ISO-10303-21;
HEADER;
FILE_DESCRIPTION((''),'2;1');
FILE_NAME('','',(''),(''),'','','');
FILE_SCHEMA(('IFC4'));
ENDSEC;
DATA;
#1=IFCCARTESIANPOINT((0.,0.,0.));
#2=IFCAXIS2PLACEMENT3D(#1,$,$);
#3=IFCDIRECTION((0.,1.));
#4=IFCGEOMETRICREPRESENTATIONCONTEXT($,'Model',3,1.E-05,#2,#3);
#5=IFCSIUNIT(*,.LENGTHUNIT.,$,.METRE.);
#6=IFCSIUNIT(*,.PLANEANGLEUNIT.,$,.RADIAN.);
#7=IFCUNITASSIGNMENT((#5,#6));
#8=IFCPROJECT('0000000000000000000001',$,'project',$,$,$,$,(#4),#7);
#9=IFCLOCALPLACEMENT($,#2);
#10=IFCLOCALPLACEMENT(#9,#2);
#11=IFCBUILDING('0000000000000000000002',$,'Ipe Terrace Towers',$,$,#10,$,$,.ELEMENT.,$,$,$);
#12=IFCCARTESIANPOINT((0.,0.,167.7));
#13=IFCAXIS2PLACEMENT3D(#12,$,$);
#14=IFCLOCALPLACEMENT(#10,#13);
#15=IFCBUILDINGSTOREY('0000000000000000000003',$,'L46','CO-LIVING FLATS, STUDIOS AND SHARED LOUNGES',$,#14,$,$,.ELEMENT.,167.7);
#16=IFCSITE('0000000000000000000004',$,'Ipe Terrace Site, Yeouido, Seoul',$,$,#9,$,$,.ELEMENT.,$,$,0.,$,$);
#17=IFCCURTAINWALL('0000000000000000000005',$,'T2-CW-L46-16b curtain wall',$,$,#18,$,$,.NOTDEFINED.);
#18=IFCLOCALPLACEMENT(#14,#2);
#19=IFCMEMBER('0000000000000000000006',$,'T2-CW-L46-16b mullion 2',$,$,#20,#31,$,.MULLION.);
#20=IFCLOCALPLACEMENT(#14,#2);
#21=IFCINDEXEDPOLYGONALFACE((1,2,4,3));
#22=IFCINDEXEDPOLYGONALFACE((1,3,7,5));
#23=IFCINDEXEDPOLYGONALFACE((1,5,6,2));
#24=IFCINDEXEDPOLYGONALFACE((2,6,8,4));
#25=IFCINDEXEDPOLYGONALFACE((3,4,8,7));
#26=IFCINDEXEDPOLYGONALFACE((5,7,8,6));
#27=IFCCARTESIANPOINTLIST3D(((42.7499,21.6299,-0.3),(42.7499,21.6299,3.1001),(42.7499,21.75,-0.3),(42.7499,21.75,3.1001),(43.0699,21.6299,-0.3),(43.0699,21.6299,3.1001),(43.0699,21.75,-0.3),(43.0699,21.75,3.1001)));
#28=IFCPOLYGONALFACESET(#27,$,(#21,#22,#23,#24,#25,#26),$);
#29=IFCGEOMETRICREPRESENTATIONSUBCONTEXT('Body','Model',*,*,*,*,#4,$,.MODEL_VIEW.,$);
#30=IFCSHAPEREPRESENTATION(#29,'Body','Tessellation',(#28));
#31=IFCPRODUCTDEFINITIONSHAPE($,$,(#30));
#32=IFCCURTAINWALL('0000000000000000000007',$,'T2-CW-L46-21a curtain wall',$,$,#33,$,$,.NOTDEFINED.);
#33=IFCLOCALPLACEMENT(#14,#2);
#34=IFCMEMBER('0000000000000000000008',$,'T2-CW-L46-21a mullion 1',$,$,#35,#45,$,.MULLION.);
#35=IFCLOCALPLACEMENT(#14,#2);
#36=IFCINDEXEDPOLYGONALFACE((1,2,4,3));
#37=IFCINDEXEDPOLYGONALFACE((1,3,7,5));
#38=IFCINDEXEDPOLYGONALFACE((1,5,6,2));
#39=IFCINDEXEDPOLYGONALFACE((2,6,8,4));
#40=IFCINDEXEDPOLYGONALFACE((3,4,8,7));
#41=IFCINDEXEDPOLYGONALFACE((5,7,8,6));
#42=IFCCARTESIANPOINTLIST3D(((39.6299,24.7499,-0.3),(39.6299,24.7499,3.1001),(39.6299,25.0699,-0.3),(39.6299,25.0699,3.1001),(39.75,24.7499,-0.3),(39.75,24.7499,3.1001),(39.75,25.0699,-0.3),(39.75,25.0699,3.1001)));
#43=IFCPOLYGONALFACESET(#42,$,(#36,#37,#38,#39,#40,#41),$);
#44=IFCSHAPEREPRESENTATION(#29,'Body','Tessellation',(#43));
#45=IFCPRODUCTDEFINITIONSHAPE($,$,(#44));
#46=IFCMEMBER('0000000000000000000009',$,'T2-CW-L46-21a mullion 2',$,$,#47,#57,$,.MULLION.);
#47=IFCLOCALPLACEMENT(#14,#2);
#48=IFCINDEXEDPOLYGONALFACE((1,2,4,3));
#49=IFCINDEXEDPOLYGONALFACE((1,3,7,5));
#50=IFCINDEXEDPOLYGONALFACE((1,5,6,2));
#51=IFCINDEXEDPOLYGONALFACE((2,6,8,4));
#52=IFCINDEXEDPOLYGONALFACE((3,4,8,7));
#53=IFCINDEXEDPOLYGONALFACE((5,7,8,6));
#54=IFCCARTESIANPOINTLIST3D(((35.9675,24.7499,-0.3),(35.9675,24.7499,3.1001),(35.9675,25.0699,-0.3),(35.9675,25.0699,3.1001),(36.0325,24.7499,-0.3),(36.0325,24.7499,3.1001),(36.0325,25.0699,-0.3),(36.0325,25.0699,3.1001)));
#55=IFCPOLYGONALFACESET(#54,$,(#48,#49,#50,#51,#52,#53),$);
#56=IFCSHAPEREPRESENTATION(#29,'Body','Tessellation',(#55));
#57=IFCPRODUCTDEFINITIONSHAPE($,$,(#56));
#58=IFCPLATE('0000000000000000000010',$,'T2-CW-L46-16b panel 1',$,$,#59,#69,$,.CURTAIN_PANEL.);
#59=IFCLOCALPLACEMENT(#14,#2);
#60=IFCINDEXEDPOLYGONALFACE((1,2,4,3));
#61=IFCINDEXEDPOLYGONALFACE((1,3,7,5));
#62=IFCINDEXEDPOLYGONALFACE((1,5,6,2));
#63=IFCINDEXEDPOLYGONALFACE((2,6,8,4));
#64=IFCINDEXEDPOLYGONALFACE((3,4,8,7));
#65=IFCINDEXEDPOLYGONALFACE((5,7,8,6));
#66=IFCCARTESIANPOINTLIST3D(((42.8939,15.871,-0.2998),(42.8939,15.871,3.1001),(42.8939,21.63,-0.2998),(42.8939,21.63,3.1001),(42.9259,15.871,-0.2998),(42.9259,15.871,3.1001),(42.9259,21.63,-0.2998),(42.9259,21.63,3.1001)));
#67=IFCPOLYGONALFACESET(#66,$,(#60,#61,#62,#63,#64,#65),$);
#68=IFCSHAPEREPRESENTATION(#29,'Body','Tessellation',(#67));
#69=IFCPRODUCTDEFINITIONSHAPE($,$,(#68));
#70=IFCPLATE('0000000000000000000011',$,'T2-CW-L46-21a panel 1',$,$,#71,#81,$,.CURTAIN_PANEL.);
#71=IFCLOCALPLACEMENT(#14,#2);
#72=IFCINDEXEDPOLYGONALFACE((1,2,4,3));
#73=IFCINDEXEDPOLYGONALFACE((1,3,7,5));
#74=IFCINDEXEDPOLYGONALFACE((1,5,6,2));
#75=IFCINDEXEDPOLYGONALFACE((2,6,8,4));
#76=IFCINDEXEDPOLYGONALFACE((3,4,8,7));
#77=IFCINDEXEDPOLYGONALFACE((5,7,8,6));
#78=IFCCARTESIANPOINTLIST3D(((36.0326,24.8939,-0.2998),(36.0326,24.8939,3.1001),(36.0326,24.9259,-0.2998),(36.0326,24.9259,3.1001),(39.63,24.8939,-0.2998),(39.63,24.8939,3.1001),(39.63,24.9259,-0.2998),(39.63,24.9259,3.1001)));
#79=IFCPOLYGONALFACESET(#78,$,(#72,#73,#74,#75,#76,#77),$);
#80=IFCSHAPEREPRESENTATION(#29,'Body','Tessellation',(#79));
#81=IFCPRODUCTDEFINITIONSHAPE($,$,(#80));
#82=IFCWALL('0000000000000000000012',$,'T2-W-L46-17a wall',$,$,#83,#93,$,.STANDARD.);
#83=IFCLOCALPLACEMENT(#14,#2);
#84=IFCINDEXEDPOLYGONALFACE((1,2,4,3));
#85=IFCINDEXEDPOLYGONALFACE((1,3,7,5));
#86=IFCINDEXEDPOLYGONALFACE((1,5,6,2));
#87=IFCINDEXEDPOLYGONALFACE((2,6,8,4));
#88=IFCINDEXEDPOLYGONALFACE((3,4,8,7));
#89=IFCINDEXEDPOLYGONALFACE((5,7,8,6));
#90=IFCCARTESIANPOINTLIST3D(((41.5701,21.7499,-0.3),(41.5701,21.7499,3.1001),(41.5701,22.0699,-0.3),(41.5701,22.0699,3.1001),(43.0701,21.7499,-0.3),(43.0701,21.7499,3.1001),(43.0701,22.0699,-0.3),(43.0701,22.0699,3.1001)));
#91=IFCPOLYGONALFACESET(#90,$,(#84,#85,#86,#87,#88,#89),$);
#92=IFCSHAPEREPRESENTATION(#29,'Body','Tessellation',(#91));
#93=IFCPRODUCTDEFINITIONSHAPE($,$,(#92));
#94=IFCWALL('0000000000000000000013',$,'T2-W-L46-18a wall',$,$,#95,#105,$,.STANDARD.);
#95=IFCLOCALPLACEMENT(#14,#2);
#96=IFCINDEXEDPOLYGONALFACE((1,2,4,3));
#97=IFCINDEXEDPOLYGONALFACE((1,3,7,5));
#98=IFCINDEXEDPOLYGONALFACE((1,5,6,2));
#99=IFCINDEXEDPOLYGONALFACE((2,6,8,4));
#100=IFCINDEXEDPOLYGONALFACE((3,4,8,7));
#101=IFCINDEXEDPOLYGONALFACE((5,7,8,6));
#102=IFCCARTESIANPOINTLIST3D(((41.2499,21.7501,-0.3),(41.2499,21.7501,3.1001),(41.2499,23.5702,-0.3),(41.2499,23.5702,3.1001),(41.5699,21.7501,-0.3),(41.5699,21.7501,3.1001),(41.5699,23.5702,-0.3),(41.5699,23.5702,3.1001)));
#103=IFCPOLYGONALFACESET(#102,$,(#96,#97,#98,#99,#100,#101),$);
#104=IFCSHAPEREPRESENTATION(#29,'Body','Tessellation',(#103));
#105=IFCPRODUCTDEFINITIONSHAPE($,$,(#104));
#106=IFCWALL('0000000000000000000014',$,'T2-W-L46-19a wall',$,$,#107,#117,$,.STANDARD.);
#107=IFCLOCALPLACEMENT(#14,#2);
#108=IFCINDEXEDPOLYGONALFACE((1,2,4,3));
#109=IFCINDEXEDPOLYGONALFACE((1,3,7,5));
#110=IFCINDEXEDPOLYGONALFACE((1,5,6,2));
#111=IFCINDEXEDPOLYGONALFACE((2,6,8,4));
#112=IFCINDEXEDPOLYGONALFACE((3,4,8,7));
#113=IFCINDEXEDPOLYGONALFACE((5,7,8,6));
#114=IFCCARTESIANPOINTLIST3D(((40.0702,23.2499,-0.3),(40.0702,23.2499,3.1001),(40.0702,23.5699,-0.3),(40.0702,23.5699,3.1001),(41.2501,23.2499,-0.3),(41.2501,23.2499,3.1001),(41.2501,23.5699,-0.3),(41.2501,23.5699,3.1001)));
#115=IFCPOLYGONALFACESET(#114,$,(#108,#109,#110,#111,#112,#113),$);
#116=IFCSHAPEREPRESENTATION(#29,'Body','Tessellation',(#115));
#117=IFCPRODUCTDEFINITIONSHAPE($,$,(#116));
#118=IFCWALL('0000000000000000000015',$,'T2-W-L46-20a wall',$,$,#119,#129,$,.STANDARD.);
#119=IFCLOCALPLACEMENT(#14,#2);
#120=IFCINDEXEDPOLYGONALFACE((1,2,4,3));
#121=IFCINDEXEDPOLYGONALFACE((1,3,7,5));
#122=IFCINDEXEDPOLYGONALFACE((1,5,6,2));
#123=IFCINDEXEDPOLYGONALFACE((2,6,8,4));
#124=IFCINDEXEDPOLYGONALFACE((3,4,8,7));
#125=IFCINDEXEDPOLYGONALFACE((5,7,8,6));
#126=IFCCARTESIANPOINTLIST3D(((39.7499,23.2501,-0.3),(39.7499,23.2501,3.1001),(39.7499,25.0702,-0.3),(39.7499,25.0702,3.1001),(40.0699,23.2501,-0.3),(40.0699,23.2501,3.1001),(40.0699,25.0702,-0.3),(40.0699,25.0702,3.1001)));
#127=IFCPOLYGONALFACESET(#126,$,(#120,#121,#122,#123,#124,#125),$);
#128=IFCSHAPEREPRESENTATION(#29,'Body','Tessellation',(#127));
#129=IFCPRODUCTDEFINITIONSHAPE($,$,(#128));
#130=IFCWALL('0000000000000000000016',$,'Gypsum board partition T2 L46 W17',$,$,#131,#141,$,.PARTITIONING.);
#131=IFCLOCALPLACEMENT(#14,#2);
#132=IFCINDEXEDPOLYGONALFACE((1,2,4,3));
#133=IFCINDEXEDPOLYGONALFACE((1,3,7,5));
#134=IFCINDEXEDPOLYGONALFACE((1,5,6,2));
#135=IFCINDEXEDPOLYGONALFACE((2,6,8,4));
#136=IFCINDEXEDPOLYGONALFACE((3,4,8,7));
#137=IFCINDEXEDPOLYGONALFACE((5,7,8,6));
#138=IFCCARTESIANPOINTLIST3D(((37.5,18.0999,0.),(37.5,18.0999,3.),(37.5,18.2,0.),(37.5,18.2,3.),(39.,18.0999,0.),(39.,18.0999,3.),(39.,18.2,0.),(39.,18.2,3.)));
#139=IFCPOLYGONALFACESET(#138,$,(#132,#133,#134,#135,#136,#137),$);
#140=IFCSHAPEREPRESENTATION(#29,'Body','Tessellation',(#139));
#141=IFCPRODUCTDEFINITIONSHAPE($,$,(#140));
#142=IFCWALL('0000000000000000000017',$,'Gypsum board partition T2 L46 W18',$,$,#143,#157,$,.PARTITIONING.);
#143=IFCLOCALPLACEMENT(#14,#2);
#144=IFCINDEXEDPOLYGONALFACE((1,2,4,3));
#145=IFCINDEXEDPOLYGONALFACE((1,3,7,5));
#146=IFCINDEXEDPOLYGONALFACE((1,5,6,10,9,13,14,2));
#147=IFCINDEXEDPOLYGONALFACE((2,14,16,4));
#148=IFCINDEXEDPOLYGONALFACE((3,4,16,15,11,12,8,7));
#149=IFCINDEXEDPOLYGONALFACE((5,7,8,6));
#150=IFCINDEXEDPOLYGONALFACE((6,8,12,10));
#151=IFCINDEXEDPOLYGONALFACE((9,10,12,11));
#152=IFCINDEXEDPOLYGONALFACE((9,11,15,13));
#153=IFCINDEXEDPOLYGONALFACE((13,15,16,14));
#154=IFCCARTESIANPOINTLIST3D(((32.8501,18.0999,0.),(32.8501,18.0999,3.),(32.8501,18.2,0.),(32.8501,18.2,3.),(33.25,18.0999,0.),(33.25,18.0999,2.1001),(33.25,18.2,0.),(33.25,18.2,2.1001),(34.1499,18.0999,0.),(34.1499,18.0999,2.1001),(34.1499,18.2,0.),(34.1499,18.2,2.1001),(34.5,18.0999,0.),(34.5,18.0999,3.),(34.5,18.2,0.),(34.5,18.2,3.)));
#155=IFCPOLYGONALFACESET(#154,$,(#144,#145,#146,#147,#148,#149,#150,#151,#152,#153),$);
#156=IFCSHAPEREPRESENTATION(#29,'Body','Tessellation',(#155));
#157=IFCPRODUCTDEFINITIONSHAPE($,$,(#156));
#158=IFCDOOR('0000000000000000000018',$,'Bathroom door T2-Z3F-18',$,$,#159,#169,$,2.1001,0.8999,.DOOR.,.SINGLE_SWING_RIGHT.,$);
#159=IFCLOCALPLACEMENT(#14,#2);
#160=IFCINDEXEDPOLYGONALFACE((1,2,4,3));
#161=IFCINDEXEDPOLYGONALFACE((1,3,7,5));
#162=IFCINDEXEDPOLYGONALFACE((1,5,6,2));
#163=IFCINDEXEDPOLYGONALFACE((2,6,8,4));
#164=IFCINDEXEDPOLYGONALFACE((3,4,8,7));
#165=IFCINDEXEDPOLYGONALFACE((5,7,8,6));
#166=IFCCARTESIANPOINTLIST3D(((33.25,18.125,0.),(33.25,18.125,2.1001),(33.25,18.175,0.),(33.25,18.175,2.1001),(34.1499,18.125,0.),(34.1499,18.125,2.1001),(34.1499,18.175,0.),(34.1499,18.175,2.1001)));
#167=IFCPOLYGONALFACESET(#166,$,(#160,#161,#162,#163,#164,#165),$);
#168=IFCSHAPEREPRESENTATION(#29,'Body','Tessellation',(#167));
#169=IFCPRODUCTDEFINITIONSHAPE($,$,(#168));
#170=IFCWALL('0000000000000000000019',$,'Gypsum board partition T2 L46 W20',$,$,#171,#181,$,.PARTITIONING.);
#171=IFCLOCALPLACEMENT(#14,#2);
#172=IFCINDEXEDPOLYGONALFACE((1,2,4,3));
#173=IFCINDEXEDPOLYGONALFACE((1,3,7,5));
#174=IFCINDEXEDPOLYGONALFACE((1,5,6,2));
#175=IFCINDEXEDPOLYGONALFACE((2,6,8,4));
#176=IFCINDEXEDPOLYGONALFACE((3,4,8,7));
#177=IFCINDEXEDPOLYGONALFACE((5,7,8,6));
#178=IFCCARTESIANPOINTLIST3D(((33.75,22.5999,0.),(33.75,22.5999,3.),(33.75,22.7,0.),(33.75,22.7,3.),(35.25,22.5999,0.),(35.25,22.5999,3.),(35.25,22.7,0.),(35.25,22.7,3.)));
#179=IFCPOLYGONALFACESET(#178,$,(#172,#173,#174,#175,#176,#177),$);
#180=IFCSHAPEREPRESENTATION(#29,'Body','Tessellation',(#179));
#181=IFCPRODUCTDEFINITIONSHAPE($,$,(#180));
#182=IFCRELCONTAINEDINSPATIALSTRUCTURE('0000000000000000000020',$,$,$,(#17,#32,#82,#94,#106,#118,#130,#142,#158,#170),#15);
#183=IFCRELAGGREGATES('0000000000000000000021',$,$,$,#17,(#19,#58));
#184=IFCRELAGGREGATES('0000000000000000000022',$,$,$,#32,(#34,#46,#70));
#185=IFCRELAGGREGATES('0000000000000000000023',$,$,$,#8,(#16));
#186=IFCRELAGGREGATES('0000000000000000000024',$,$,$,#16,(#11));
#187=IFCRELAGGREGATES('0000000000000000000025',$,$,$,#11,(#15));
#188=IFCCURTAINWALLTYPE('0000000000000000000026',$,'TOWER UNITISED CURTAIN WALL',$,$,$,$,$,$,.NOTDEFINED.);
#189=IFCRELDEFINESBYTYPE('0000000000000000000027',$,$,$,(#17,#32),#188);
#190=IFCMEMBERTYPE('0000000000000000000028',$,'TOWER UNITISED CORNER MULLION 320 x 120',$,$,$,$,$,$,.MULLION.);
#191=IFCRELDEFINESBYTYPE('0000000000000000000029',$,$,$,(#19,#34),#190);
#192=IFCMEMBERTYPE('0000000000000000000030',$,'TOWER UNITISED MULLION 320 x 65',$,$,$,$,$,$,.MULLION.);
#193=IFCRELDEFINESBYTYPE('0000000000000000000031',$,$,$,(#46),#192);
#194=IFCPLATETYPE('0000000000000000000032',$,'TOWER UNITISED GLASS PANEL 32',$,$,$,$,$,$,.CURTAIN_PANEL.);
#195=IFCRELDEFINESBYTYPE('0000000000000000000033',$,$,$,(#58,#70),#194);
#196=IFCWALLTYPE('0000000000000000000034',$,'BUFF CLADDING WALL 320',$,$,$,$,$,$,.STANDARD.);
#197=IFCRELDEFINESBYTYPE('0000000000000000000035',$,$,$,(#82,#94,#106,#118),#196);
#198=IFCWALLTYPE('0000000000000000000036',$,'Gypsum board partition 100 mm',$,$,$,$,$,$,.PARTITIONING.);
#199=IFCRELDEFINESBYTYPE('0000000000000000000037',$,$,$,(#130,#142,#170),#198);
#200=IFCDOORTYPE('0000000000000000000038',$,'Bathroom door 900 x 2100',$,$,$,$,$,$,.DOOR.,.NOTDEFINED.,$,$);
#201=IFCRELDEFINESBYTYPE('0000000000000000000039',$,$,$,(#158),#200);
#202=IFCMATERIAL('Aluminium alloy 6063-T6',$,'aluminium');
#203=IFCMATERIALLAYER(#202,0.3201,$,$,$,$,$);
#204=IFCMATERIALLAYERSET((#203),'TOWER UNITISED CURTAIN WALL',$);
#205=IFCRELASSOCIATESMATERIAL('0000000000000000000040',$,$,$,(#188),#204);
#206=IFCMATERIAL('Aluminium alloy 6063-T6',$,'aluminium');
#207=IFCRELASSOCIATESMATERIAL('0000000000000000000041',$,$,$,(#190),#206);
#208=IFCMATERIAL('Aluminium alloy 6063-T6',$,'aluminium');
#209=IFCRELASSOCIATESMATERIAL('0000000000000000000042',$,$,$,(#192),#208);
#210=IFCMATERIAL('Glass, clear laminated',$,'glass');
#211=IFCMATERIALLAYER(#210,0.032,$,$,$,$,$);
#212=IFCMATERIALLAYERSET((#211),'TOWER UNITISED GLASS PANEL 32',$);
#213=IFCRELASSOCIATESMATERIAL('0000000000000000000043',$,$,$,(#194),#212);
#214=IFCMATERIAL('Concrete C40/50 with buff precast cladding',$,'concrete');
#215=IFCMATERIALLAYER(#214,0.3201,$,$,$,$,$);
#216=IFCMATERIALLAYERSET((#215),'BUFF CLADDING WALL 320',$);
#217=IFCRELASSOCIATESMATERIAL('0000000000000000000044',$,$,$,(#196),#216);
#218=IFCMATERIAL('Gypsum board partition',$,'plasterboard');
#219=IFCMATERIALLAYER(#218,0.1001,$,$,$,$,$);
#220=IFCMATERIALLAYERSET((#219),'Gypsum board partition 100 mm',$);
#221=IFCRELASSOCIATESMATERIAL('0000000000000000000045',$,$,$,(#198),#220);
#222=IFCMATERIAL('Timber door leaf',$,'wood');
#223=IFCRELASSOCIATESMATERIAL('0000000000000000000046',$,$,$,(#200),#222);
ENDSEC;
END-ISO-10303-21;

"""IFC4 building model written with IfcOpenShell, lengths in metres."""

from ifc_helpers import new_model, si_unit, direction, frame, frame_2d, origin, origin_2d, place, context, subcontext, project, spatial, rectangle, extrude, material, layer, layer_set, material_profile, profile_set, type_object, element, fill, aggregate, save


model = new_model("IFC4")

# Units and contexts
model_context = context("Model", 3, precision=1e-05, world=origin(), true_north=direction((0.0, 1.0)))
body_context = subcontext(model_context, "Body", "Model", "MODEL_VIEW")
ifc_project = project(units=[si_unit("LENGTHUNIT", "METRE"), si_unit("PLANEANGLEUNIT", "RADIAN")], contexts=[model_context])

# Site, building, storey
site_placement = place(None, origin())
site = spatial("IfcSite", under=ifc_project, at=site_placement, Name="Ipe Terrace Site, Yeouido, Seoul", CompositionType="ELEMENT", RefElevation=0.0)
building_placement = place(site_placement, origin())
building = spatial("IfcBuilding", under=site, at=building_placement, Name="Ipe Terrace Towers", CompositionType="ELEMENT")
storey_placement = place(building_placement, frame((0.0, 0.0, 167.7)))
storey = spatial("IfcBuildingStorey", under=building, at=storey_placement, Name="L46", Description="CO-LIVING FLATS, STUDIOS AND SHARED LOUNGES", CompositionType="ELEMENT", Elevation=167.7)

# Curtain walls, members
ifc_material_1 = material(Name="Aluminium alloy 6063-T6", Category="aluminium")
ifc_layer_1 = layer(ifc_material_1, 0.3201)
ifc_layer_set_1 = layer_set([ifc_layer_1], Name="TOWER UNITISED CURTAIN WALL")
curtain_wall_type = type_object("IfcCurtainWallType", Name="TOWER UNITISED CURTAIN WALL", PredefinedType="NOTDEFINED", material=ifc_layer_set_1)
curtain_wall_1_placement = place(storey_placement, origin())
curtain_wall_1 = element("IfcCurtainWall", 1, at=curtain_wall_1_placement, inside=storey, type_object=curtain_wall_type, Name="T2-CW-L46-16b curtain wall", PredefinedType="NOTDEFINED")
ifc_material_2 = material(Name="Aluminium alloy 6063-T6", Category="aluminium")
ifc_material_profile_1 = material_profile(ifc_material_2, rectangle(XDim=0.3201, YDim=0.1201, at=origin_2d()), Name="TOWER UNITISED CORNER MULLION 320 x 120")
ifc_profile_set_1 = profile_set([ifc_material_profile_1], Name="Aluminium alloy 6063-T6")
member_type_1 = type_object("IfcMemberType", Name="TOWER UNITISED CORNER MULLION 320 x 120", PredefinedType="MULLION", material=ifc_profile_set_1)
member_1_placement = place(storey_placement, frame((42.9099, 21.6899, -0.3), z_axis=(0.0, 0.0, 1.0), x_axis=(1.0, 0.0, 0.0)))
member_1 = element("IfcMember", 2, at=member_1_placement, type_object=member_type_1, Name="T2-CW-L46-16b mullion 2", PredefinedType="MULLION", context=body_context, shape_type="SweptSolid", body=[
    extrude(rectangle(XDim=0.3201, YDim=0.1201, at=origin_2d()), origin(), (0.0, 0.0, 1.0), 3.4001),
])
curtain_wall_2_placement = place(storey_placement, origin())
curtain_wall_2 = element("IfcCurtainWall", 3, at=curtain_wall_2_placement, inside=storey, type_object=curtain_wall_type, Name="T2-CW-L46-21a curtain wall", PredefinedType="NOTDEFINED")
member_2_placement = place(storey_placement, frame((39.6899, 24.9099, -0.3), z_axis=(0.0, 0.0, 1.0), x_axis=(0.0, 1.0, 0.0)))
member_2 = element("IfcMember", 4, at=member_2_placement, type_object=member_type_1, Name="T2-CW-L46-21a mullion 1", PredefinedType="MULLION", context=body_context, shape_type="SweptSolid", body=[
    extrude(rectangle(XDim=0.3201, YDim=0.1201, at=origin_2d()), origin(), (0.0, 0.0, 1.0), 3.4001),
])
ifc_material_3 = material(Name="Aluminium alloy 6063-T6", Category="aluminium")
ifc_material_profile_2 = material_profile(ifc_material_3, rectangle(XDim=0.3201, YDim=0.0649, at=origin_2d()), Name="TOWER UNITISED MULLION 320 x 65")
ifc_profile_set_2 = profile_set([ifc_material_profile_2], Name="Aluminium alloy 6063-T6")
member_type_2 = type_object("IfcMemberType", Name="TOWER UNITISED MULLION 320 x 65", PredefinedType="MULLION", material=ifc_profile_set_2)
member_3_placement = place(storey_placement, frame((36.0, 24.9099, -0.3), z_axis=(0.0, 0.0, 1.0), x_axis=(0.0, 1.0, 0.0)))
member_3 = element("IfcMember", 5, at=member_3_placement, type_object=member_type_2, Name="T2-CW-L46-21a mullion 2", PredefinedType="MULLION", context=body_context, shape_type="SweptSolid", body=[
    extrude(rectangle(XDim=0.3201, YDim=0.0649, at=origin_2d()), origin(), (0.0, 0.0, 1.0), 3.4001),
])

# Plates
ifc_material_4 = material(Name="Glass, clear laminated", Category="glass")
ifc_layer_2 = layer(ifc_material_4, 0.032)
ifc_layer_set_2 = layer_set([ifc_layer_2], Name="TOWER UNITISED GLASS PANEL 32")
plate_type = type_object("IfcPlateType", Name="TOWER UNITISED GLASS PANEL 32", PredefinedType="CURTAIN_PANEL", material=ifc_layer_set_2)
plate_1_placement = place(storey_placement, frame((42.9099, 18.7505, -0.2998), z_axis=(0.0, 0.0, 1.0), x_axis=(0.0, 1.0, 0.0)))
plate_1 = element("IfcPlate", 6, at=plate_1_placement, type_object=plate_type, Name="T2-CW-L46-16b panel 1", PredefinedType="CURTAIN_PANEL", context=body_context, shape_type="SweptSolid", body=[
    extrude(rectangle(XDim=5.759, YDim=0.032, at=origin_2d()), origin(), (0.0, 0.0, 1.0), 3.3999),
])
aggregate(curtain_wall_1, [member_1, plate_1])
plate_2_placement = place(storey_placement, frame((37.8313, 24.9099, -0.2998), z_axis=(0.0, 0.0, 1.0), x_axis=(-1.0, 0.0, 0.0)))
plate_2 = element("IfcPlate", 7, at=plate_2_placement, type_object=plate_type, Name="T2-CW-L46-21a panel 1", PredefinedType="CURTAIN_PANEL", context=body_context, shape_type="SweptSolid", body=[
    extrude(rectangle(XDim=3.5974, YDim=0.032, at=origin_2d()), origin(), (0.0, 0.0, 1.0), 3.3999),
])
aggregate(curtain_wall_2, [member_2, member_3, plate_2])

# Walls
ifc_material_5 = material(Name="Concrete C40/50 with buff precast cladding", Category="concrete")
ifc_layer_3 = layer(ifc_material_5, 0.3201)
ifc_layer_set_3 = layer_set([ifc_layer_3], Name="BUFF CLADDING WALL 320")
wall_type_1 = type_object("IfcWallType", Name="BUFF CLADDING WALL 320", PredefinedType="STANDARD", material=ifc_layer_set_3)
wall_1_placement = place(storey_placement, frame((43.0701, 21.9099, -0.3), z_axis=(0.0, 0.0, 1.0), x_axis=(-1.0, 0.0, 0.0)))
element("IfcWall", 8, at=wall_1_placement, inside=storey, type_object=wall_type_1, Name="T2-W-L46-17a wall", PredefinedType="STANDARD", context=body_context, shape_type="SweptSolid", body=[
    extrude(rectangle(XDim=1.5, YDim=0.3201, at=frame_2d((0.75, 0.0))), origin(), (0.0, 0.0, 1.0), 3.4001),
])
wall_2_placement = place(storey_placement, frame((41.4099, 21.75, -0.3), z_axis=(0.0, 0.0, 1.0), x_axis=(0.0, 1.0, 0.0)))
element("IfcWall", 9, at=wall_2_placement, inside=storey, type_object=wall_type_1, Name="T2-W-L46-18a wall", PredefinedType="STANDARD", context=body_context, shape_type="SweptSolid", body=[
    extrude(rectangle(XDim=1.8201, YDim=0.3201, at=frame_2d((0.9102, 0.0))), origin(), (0.0, 0.0, 1.0), 3.4001),
])
wall_3_placement = place(storey_placement, frame((41.25, 23.4099, -0.3), z_axis=(0.0, 0.0, 1.0), x_axis=(-1.0, 0.0, 0.0)))
element("IfcWall", 10, at=wall_3_placement, inside=storey, type_object=wall_type_1, Name="T2-W-L46-19a wall", PredefinedType="STANDARD", context=body_context, shape_type="SweptSolid", body=[
    extrude(rectangle(XDim=1.1799, YDim=0.3201, at=frame_2d((0.5898, 0.0))), origin(), (0.0, 0.0, 1.0), 3.4001),
])
wall_4_placement = place(storey_placement, frame((39.9099, 23.25, -0.3), z_axis=(0.0, 0.0, 1.0), x_axis=(0.0, 1.0, 0.0)))
element("IfcWall", 11, at=wall_4_placement, inside=storey, type_object=wall_type_1, Name="T2-W-L46-20a wall", PredefinedType="STANDARD", context=body_context, shape_type="SweptSolid", body=[
    extrude(rectangle(XDim=1.8201, YDim=0.3201, at=frame_2d((0.9102, 0.0))), origin(), (0.0, 0.0, 1.0), 3.4001),
])
ifc_material_6 = material(Name="Gypsum board partition", Category="plasterboard")
ifc_layer_4 = layer(ifc_material_6, 0.1001)
ifc_layer_set_4 = layer_set([ifc_layer_4], Name="Gypsum board partition 100 mm")
wall_type_2 = type_object("IfcWallType", Name="Gypsum board partition 100 mm", PredefinedType="PARTITIONING", material=ifc_layer_set_4)
wall_5_placement = place(storey_placement, frame((39.0, 18.1499, 0.0), z_axis=(0.0, 0.0, 1.0), x_axis=(-1.0, 0.0, 0.0)))
element("IfcWall", 12, at=wall_5_placement, inside=storey, type_object=wall_type_2, Name="Gypsum board partition T2 L46 W17", PredefinedType="PARTITIONING", context=body_context, shape_type="SweptSolid", body=[
    extrude(rectangle(XDim=1.5, YDim=0.1001, at=frame_2d((0.75, 0.0))), origin(), (0.0, 0.0, 1.0), 3.0),
])

# Wall, opening, door
wall_6_placement = place(storey_placement, frame((34.5, 18.1499, 0.0), z_axis=(0.0, 0.0, 1.0), x_axis=(-1.0, 0.0, 0.0)))
wall_6 = element("IfcWall", 13, at=wall_6_placement, inside=storey, type_object=wall_type_2, Name="Gypsum board partition T2 L46 W18", PredefinedType="PARTITIONING", context=body_context, shape_type="SweptSolid", body=[
    extrude(rectangle(XDim=1.6499, YDim=0.1001, at=frame_2d((0.825, 0.0))), origin(), (0.0, 0.0, 1.0), 3.0),
])
opening_1_placement = place(wall_6_placement, frame((0.3501, 0.0, 0.0)))
opening_1 = element("IfcOpeningElement", 14, at=opening_1_placement, cuts=wall_6, PredefinedType="OPENING", context=body_context, shape_type="SweptSolid", body=[
    extrude(rectangle(XDim=0.8999, YDim=2.1001, at=frame_2d((0.45, 1.05))), frame((0.0, 0.0601, 0.0), z_axis=(0.0, -1.0, 0.0), x_axis=(1.0, 0.0, 0.0)), (0.0, 0.0, 1.0), 0.1201),
])
ifc_material_7 = material(Name="Timber door leaf", Category="wood")
door_type_1 = type_object("IfcDoorType", Name="Bathroom door 900 x 2100", OperationType="NOTDEFINED", PredefinedType="DOOR", material=ifc_material_7)
door_1_placement = place(opening_1_placement, origin())
door_1 = element("IfcDoor", 15, at=door_1_placement, inside=storey, type_object=door_type_1, Name="Bathroom door T2-Z3F-18", OperationType="SINGLE_SWING_RIGHT", OverallHeight=2.1001, OverallWidth=0.8999, PredefinedType="DOOR", context=body_context, shape_type="SweptSolid", body=[
    extrude(rectangle(XDim=0.8999, YDim=2.1001, at=frame_2d((0.45, 1.05))), frame((0.0, 0.0249, 0.0), z_axis=(0.0, -1.0, 0.0), x_axis=(1.0, 0.0, 0.0)), (0.0, 0.0, 1.0), 0.05),
])
fill(opening_1, door_1)

# Wall
wall_7_placement = place(storey_placement, frame((35.25, 22.6499, 0.0), z_axis=(0.0, 0.0, 1.0), x_axis=(-1.0, 0.0, 0.0)))
element("IfcWall", 16, at=wall_7_placement, inside=storey, type_object=wall_type_2, Name="Gypsum board partition T2 L46 W20", PredefinedType="PARTITIONING", context=body_context, shape_type="SweptSolid", body=[
    extrude(rectangle(XDim=1.5, YDim=0.1001, at=frame_2d((0.75, 0.0))), origin(), (0.0, 0.0, 1.0), 3.0),
])

save(model, "model.ifc")
